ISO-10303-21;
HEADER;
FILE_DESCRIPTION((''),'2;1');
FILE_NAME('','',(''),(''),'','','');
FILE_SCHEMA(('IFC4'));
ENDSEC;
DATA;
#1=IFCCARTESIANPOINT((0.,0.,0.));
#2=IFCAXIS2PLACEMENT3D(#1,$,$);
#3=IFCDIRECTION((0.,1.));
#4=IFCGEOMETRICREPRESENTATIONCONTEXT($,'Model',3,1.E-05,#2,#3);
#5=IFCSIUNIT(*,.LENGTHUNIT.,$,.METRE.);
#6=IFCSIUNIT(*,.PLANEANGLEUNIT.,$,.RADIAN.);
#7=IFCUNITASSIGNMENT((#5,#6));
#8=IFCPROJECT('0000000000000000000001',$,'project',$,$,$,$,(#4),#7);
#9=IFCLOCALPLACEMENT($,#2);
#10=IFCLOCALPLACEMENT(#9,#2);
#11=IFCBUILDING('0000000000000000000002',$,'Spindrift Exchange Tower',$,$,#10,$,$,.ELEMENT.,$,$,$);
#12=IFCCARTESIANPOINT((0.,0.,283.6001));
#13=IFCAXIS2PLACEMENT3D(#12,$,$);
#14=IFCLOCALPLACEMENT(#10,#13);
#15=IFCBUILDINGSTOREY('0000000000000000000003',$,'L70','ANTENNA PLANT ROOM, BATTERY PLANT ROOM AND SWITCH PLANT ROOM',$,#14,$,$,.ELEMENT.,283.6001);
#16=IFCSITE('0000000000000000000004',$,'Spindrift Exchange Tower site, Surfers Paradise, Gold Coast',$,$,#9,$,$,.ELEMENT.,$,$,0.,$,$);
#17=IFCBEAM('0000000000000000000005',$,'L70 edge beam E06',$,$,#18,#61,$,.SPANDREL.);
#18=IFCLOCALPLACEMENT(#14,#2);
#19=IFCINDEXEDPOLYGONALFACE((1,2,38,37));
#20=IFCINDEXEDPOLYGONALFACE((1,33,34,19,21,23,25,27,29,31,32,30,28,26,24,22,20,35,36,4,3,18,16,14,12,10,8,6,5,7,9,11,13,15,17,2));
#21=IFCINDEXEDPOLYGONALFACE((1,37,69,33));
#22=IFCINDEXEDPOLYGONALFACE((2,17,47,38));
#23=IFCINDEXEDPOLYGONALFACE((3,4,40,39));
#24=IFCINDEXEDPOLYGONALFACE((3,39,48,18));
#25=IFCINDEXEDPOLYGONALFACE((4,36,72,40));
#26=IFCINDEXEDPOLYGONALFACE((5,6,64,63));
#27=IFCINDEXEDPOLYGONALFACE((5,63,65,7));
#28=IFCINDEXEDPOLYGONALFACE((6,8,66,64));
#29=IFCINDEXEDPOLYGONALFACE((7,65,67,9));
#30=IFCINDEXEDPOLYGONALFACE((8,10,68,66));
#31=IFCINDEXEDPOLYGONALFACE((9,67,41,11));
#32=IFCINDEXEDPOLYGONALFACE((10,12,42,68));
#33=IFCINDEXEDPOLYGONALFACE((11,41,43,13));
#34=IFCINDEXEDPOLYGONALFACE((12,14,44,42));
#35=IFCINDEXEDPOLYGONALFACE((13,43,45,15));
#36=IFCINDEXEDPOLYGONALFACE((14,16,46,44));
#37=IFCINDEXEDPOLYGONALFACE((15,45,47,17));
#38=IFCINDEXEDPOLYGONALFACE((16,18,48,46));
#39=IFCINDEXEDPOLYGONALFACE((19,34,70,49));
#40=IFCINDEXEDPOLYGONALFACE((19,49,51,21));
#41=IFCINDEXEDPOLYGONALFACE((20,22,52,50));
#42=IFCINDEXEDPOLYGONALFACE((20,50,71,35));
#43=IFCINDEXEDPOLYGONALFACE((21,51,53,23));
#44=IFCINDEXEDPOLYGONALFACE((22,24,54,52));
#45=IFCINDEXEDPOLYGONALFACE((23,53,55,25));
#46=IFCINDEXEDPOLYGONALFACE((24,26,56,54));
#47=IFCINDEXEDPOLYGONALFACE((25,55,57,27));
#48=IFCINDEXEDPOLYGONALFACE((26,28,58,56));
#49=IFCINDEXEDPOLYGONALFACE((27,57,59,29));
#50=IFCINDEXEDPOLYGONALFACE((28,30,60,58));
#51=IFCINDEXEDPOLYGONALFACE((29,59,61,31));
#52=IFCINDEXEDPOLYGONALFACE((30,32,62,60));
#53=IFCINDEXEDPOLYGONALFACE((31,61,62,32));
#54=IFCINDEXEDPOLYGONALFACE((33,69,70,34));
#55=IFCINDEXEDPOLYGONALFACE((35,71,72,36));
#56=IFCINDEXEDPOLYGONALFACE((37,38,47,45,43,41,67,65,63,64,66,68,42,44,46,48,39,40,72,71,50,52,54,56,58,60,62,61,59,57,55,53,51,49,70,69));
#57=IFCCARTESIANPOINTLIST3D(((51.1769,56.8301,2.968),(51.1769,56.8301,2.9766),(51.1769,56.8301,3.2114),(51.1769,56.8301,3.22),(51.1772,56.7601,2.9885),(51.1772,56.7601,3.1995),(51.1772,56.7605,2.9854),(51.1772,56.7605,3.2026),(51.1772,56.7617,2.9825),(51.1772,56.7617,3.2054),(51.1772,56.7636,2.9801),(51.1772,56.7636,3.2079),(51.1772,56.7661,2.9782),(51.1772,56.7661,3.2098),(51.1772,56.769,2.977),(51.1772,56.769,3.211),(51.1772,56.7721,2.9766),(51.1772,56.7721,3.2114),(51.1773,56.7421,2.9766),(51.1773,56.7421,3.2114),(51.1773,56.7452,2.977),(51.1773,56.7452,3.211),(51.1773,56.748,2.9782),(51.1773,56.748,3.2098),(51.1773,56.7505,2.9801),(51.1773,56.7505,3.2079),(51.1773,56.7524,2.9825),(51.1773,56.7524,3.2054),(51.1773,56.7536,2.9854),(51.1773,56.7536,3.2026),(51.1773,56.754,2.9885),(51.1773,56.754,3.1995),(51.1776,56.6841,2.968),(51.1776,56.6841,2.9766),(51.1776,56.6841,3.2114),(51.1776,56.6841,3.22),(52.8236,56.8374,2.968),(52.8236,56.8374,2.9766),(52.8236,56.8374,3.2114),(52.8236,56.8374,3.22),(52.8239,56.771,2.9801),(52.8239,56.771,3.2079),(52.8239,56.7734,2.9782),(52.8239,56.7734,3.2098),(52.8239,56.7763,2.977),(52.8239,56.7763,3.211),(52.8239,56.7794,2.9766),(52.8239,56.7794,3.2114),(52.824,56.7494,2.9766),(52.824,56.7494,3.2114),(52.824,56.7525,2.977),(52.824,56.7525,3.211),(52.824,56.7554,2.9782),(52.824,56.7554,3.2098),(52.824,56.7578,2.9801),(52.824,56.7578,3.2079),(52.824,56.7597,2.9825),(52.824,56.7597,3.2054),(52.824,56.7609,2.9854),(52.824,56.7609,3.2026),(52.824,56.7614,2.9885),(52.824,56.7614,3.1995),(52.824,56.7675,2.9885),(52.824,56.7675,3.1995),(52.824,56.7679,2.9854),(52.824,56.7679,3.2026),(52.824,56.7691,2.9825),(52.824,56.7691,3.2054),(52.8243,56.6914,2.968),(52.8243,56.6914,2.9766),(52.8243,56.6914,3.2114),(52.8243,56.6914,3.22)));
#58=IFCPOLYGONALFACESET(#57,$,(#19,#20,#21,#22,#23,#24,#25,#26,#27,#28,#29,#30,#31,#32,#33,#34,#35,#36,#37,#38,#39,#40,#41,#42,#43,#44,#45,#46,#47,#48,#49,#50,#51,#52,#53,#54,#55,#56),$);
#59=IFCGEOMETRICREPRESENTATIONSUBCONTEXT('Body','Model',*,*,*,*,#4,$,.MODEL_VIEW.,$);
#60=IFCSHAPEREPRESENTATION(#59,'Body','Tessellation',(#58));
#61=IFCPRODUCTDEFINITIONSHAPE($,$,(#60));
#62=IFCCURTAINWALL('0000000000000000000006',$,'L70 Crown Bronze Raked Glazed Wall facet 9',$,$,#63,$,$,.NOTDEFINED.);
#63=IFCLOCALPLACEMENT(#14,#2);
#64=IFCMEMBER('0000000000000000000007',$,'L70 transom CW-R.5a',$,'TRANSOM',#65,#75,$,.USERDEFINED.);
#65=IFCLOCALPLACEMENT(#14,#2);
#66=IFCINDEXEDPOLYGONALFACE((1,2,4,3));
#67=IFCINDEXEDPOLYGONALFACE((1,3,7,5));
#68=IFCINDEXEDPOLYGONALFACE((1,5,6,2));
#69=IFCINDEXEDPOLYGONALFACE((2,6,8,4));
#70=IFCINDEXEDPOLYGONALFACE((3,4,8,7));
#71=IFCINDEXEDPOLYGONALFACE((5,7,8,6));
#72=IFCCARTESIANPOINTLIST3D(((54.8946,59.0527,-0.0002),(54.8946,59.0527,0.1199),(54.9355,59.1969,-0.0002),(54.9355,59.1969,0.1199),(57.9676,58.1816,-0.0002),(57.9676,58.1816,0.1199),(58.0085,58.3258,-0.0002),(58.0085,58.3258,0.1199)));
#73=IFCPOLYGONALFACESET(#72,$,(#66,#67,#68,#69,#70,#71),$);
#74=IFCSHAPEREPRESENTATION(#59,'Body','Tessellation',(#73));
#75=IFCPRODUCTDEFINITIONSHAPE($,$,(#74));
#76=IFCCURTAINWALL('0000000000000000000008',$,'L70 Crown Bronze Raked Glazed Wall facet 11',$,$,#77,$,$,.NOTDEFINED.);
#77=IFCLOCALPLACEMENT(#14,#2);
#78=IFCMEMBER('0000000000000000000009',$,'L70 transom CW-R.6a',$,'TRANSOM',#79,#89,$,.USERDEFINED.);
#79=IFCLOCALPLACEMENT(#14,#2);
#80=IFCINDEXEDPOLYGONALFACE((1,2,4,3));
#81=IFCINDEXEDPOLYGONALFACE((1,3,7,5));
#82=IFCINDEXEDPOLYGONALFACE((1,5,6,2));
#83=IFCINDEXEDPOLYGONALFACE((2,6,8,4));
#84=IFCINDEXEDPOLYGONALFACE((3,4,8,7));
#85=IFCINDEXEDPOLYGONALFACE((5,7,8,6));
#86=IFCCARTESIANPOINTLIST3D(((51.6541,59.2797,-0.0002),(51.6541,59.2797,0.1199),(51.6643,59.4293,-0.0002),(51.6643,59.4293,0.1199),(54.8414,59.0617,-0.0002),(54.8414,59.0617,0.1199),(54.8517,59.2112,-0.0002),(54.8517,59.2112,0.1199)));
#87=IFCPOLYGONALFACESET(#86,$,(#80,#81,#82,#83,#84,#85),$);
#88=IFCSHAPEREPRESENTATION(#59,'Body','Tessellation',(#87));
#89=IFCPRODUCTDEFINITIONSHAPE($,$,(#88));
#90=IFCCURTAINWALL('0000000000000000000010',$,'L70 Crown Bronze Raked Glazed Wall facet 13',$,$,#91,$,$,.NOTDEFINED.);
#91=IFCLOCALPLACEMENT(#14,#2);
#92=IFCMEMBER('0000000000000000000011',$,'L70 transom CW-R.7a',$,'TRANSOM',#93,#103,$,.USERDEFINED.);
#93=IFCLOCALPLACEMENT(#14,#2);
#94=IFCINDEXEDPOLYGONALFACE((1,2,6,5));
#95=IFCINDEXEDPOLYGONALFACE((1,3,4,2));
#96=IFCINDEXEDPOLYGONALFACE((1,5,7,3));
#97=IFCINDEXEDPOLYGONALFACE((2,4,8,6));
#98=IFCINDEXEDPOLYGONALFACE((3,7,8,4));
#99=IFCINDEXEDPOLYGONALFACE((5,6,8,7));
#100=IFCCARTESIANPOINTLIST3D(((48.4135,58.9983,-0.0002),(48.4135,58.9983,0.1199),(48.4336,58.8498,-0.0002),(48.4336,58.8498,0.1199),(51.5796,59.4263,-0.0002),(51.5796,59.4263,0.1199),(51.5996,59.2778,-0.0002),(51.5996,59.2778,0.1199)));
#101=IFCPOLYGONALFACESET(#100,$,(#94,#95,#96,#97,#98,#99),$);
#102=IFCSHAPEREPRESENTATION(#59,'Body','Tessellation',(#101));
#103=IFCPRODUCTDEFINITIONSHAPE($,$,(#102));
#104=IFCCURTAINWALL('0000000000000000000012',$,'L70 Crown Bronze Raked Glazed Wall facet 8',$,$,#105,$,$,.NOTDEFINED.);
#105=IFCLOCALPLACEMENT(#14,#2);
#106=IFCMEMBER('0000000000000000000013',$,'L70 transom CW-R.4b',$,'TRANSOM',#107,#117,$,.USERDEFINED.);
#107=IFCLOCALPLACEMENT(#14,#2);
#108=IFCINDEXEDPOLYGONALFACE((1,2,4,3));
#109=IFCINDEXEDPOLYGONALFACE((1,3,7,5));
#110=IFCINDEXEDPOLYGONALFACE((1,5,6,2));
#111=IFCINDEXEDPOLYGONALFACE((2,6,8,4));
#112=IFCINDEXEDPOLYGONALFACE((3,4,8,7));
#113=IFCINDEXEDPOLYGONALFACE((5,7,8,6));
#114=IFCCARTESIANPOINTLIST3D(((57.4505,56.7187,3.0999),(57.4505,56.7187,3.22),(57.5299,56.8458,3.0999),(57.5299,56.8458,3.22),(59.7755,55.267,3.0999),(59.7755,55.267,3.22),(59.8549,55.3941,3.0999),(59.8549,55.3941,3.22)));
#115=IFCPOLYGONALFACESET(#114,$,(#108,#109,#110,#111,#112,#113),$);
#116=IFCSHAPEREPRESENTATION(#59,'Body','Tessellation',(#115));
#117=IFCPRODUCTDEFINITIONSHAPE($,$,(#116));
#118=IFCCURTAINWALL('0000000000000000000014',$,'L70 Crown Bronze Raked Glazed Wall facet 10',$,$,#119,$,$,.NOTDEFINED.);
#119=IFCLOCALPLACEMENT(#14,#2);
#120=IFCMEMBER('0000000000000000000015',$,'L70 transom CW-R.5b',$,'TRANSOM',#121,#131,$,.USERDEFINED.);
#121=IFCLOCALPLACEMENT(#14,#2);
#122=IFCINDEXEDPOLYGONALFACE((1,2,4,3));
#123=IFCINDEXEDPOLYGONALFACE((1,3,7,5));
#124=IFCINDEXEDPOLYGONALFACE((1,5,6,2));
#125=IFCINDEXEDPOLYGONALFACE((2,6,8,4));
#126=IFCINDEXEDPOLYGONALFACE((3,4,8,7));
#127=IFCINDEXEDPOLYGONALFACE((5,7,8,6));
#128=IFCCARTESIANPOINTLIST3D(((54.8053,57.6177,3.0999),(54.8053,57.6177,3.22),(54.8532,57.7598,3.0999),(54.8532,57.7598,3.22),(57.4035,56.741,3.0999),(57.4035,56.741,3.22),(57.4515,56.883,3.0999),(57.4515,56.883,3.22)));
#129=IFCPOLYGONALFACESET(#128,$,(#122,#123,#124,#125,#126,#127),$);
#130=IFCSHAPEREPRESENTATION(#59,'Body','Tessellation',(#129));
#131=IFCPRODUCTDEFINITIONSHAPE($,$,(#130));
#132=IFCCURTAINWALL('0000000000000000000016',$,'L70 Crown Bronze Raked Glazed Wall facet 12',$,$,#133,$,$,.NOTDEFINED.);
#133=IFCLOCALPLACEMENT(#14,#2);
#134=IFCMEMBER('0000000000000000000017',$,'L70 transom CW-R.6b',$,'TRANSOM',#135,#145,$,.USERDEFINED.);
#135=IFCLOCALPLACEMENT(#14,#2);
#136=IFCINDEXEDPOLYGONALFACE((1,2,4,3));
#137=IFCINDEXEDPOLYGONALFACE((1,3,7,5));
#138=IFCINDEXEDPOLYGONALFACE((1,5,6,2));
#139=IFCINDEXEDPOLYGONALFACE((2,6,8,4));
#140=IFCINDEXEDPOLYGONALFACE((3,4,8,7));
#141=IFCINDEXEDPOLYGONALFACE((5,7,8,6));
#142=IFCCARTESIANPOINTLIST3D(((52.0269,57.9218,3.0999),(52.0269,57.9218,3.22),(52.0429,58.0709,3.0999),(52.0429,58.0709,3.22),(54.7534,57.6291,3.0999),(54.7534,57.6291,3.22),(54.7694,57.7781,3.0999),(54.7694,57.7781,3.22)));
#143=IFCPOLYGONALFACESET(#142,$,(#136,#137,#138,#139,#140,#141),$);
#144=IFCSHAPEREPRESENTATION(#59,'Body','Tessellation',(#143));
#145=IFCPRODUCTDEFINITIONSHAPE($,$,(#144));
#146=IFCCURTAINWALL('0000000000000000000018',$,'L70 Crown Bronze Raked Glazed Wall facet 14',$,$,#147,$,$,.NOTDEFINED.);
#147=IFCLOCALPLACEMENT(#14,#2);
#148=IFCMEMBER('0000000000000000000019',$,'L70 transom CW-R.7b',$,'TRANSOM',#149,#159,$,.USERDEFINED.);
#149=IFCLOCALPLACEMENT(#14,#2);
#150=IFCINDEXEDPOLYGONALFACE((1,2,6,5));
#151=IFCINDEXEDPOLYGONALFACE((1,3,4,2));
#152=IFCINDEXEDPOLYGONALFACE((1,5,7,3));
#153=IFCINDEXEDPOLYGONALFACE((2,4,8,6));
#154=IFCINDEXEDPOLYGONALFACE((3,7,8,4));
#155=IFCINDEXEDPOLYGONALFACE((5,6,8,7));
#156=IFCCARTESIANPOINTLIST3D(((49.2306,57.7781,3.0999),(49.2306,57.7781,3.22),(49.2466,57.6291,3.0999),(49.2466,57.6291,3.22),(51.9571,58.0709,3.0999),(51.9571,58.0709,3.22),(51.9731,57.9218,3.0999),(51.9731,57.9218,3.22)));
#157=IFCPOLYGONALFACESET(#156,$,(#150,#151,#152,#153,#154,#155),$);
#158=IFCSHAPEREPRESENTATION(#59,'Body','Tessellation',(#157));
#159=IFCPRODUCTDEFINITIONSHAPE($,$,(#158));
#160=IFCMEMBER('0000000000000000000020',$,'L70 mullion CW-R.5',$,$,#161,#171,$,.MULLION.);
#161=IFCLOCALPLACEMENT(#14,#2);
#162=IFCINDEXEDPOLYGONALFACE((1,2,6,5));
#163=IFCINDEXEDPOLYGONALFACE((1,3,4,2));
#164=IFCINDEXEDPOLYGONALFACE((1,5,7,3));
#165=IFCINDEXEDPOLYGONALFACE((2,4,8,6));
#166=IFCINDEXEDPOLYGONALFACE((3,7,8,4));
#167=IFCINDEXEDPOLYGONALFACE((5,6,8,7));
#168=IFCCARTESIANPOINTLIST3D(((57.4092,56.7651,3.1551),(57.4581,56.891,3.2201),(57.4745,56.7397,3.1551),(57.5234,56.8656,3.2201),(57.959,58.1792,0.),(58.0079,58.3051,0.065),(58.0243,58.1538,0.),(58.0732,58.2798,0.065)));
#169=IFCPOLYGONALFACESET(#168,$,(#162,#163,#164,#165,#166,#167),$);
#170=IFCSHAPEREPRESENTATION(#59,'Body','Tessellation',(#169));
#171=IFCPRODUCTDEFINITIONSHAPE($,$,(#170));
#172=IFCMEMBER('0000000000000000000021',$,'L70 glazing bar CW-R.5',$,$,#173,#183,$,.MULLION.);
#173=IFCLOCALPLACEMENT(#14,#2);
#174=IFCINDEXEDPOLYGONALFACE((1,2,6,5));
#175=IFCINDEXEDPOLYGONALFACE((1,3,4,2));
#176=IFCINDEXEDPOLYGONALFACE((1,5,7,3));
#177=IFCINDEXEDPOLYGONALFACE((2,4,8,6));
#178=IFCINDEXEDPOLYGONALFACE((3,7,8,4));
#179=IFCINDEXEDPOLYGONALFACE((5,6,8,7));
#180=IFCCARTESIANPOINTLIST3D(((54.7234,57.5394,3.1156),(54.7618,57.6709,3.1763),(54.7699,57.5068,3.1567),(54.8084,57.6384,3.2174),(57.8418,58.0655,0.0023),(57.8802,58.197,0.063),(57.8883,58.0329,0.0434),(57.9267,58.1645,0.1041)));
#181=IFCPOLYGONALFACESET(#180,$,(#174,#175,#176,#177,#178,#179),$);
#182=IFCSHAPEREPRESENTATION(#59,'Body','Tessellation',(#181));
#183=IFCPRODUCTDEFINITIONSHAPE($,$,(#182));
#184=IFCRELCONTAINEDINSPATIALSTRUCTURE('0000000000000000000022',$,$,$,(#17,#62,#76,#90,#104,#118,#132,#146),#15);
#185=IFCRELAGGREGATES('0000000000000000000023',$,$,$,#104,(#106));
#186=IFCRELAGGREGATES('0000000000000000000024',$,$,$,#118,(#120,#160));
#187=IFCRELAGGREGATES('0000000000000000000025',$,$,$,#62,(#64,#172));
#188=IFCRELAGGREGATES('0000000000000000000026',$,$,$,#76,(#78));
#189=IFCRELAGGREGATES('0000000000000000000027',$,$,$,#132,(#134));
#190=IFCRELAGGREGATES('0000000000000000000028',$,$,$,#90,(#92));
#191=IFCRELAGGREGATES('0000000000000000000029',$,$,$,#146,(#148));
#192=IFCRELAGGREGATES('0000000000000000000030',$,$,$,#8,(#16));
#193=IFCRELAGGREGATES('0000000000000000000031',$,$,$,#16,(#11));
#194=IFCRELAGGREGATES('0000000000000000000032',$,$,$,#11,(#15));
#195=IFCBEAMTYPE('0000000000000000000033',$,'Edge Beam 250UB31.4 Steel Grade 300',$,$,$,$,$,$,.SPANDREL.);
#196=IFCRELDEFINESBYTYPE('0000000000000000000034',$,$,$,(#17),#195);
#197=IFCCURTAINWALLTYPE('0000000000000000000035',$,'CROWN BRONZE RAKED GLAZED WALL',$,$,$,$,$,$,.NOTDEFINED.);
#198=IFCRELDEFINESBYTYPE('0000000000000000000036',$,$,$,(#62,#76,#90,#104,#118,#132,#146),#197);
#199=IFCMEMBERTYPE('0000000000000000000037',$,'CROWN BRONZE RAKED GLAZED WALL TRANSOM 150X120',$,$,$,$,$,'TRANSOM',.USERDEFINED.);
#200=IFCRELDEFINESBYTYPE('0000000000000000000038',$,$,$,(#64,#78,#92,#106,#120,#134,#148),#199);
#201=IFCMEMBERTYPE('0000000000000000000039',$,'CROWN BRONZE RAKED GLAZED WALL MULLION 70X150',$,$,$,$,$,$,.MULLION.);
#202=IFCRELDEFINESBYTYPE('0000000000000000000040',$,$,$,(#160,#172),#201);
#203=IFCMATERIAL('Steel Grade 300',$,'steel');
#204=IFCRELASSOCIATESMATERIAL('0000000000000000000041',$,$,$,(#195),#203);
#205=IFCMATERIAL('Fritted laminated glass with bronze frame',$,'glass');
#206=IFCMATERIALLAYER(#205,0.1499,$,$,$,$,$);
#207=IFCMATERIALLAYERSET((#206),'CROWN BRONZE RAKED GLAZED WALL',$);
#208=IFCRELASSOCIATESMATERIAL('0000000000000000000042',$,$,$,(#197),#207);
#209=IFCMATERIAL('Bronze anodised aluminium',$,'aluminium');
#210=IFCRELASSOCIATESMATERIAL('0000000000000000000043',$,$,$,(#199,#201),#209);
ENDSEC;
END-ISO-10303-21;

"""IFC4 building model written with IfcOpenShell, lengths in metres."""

from ifc_helpers import new_model, si_unit, direction, frame, origin, origin_2d, place, context, subcontext, project, spatial, rectangle, i_section, extrude, source, transform, mapped, material, layer, layer_set, material_profile, profile_set, type_object, element, aggregate, save


model = new_model("IFC4")

# Units and contexts
model_context = context("Model", 3, precision=1e-05, world=origin(), true_north=direction((0.0, 1.0)))
body_context = subcontext(model_context, "Body", "Model", "MODEL_VIEW")
ifc_project = project(units=[si_unit("LENGTHUNIT", "METRE"), si_unit("PLANEANGLEUNIT", "RADIAN")], contexts=[model_context])

# Site, building, storey
site_placement = place(None, origin())
site = spatial("IfcSite", under=ifc_project, at=site_placement, Name="Spindrift Exchange Tower site, Surfers Paradise, Gold Coast", CompositionType="ELEMENT", RefElevation=0.0)
building_placement = place(site_placement, origin())
building = spatial("IfcBuilding", under=site, at=building_placement, Name="Spindrift Exchange Tower", CompositionType="ELEMENT")
storey_placement = place(building_placement, frame((0.0, 0.0, 283.6001)))
storey = spatial("IfcBuildingStorey", under=building, at=storey_placement, Name="L70", Description="ANTENNA PLANT ROOM, BATTERY PLANT ROOM AND SWITCH PLANT ROOM", CompositionType="ELEMENT", Elevation=283.6001)

# Beam
ifc_material_1 = material(Name="Steel Grade 300", Category="steel")
ifc_material_profile_1 = material_profile(ifc_material_1, i_section(OverallWidth=0.146, OverallDepth=0.252, WebThickness=0.0061, FlangeThickness=0.0085, FilletRadius=0.012, at=origin_2d()), Name="250UB31.4")
ifc_profile_set_1 = profile_set([ifc_material_profile_1], Name="Steel Grade 300")
beam_type_1 = type_object("IfcBeamType", Name="Edge Beam 250UB31.4 Steel Grade 300", PredefinedType="SPANDREL", material=ifc_profile_set_1)
shared_shape_1 = source(origin(), body_context, "Body", "SweptSolid", [
    extrude(i_section(OverallWidth=0.146, OverallDepth=0.252, WebThickness=0.0061, FlangeThickness=0.0085, FilletRadius=0.012, at=origin_2d()), origin(), (0.0, 0.0, 1.0), 1.6467),
])
beam_1_placement = place(storey_placement, frame((52.824, 56.7644, 3.094), z_axis=(-0.99999, -0.004448, 0.0), x_axis=(0.004448, -0.99999, 0.0)))
element("IfcBeam", 1, at=beam_1_placement, inside=storey, type_object=beam_type_1, Name="L70 edge beam E06", PredefinedType="SPANDREL", context=body_context, shape_type="MappedRepresentation", body=[
    mapped(shared_shape_1, transform((0.0, 0.0, 0.0), scale=1.0)),
])

# Curtain walls, members
ifc_material_2 = material(Name="Fritted laminated glass with bronze frame", Category="glass")
ifc_layer_1 = layer(ifc_material_2, 0.1499)
ifc_layer_set_1 = layer_set([ifc_layer_1], Name="CROWN BRONZE RAKED GLAZED WALL")
curtain_wall_type = type_object("IfcCurtainWallType", Name="CROWN BRONZE RAKED GLAZED WALL", PredefinedType="NOTDEFINED", material=ifc_layer_set_1)
curtain_wall_1_placement = place(storey_placement, origin())
curtain_wall_1 = element("IfcCurtainWall", 2, at=curtain_wall_1_placement, inside=storey, type_object=curtain_wall_type, Name="L70 Crown Bronze Raked Glazed Wall facet 9", PredefinedType="NOTDEFINED")
ifc_material_3 = material(Name="Bronze anodised aluminium", Category="aluminium")
ifc_material_profile_2 = material_profile(ifc_material_3, rectangle(XDim=0.1499, YDim=0.1201, at=origin_2d()), Name="CROWN BRONZE RAKED GLAZED WALL TRANSOM 150X120")
ifc_profile_set_2 = profile_set([ifc_material_profile_2], Name="Bronze anodised aluminium")
member_type_1 = type_object("IfcMemberType", Name="CROWN BRONZE RAKED GLAZED WALL TRANSOM 150X120", ElementType="TRANSOM", PredefinedType="USERDEFINED", material=ifc_profile_set_2)
shared_shape_2 = source(origin(), body_context, "Body", "SweptSolid", [
    extrude(rectangle(XDim=0.1499, YDim=0.1201, at=origin_2d()), origin(), (0.0, 0.0, 1.0), 3.1941),
])
member_1_placement = place(storey_placement, frame((57.988, 58.2537, 0.0598), z_axis=(-0.962093, 0.272722, 0.0), x_axis=(-0.272722, -0.962093, 0.0)))
member_1 = element("IfcMember", 3, at=member_1_placement, type_object=member_type_1, Name="L70 transom CW-R.5a", ObjectType="TRANSOM", PredefinedType="USERDEFINED", context=body_context, shape_type="MappedRepresentation", body=[
    mapped(shared_shape_2, transform((0.0, 0.0, 0.0), scale=1.0)),
])
curtain_wall_2_placement = place(storey_placement, origin())
curtain_wall_2 = element("IfcCurtainWall", 4, at=curtain_wall_2_placement, inside=storey, type_object=curtain_wall_type, Name="L70 Crown Bronze Raked Glazed Wall facet 11", PredefinedType="NOTDEFINED")
shared_shape_3 = source(origin(), body_context, "Body", "SweptSolid", [
    extrude(rectangle(XDim=0.1499, YDim=0.1201, at=origin_2d()), origin(), (0.0, 0.0, 1.0), 3.1948),
])
member_2_placement = place(storey_placement, frame((51.6592, 59.3545, 0.0598), z_axis=(0.997669, -0.068243, 0.0), x_axis=(0.068243, 0.997669, 0.0)))
member_2 = element("IfcMember", 5, at=member_2_placement, type_object=member_type_1, Name="L70 transom CW-R.6a", ObjectType="TRANSOM", PredefinedType="USERDEFINED", context=body_context, shape_type="MappedRepresentation", body=[
    mapped(shared_shape_3, transform((0.0, 0.0, 0.0), scale=1.0)),
])
curtain_wall_3_placement = place(storey_placement, origin())
curtain_wall_3 = element("IfcCurtainWall", 6, at=curtain_wall_3_placement, inside=storey, type_object=curtain_wall_type, Name="L70 Crown Bronze Raked Glazed Wall facet 13", PredefinedType="NOTDEFINED")
member_3_placement = place(storey_placement, frame((51.5896, 59.3521, 0.0598), z_axis=(-0.990987, -0.13396, 0.0), x_axis=(0.13396, -0.990987, 0.0)))
member_3 = element("IfcMember", 7, at=member_3_placement, type_object=member_type_1, Name="L70 transom CW-R.7a", ObjectType="TRANSOM", PredefinedType="USERDEFINED", context=body_context, shape_type="MappedRepresentation", body=[
    mapped(shared_shape_3, transform((0.0, 0.0, 0.0), scale=1.0)),
])
curtain_wall_4_placement = place(storey_placement, origin())
curtain_wall_4 = element("IfcCurtainWall", 8, at=curtain_wall_4_placement, inside=storey, type_object=curtain_wall_type, Name="L70 Crown Bronze Raked Glazed Wall facet 8", PredefinedType="NOTDEFINED")
shared_shape_4 = source(origin(), body_context, "Body", "SweptSolid", [
    extrude(rectangle(XDim=0.1499, YDim=0.1201, at=origin_2d()), origin(), (0.0, 0.0, 1.0), 2.741),
])
member_4_placement = place(storey_placement, frame((57.4902, 56.7822, 3.1599), z_axis=(0.848233, -0.529623, 0.0), x_axis=(0.529623, 0.848233, 0.0)))
member_4 = element("IfcMember", 9, at=member_4_placement, type_object=member_type_1, Name="L70 transom CW-R.4b", ObjectType="TRANSOM", PredefinedType="USERDEFINED", context=body_context, shape_type="MappedRepresentation", body=[
    mapped(shared_shape_4, transform((0.0, 0.0, 0.0), scale=1.0)),
])
aggregate(curtain_wall_4, [member_4])
curtain_wall_5_placement = place(storey_placement, origin())
curtain_wall_5 = element("IfcCurtainWall", 10, at=curtain_wall_5_placement, inside=storey, type_object=curtain_wall_type, Name="L70 Crown Bronze Raked Glazed Wall facet 10", PredefinedType="NOTDEFINED")
shared_shape_5 = source(origin(), body_context, "Body", "SweptSolid", [
    extrude(rectangle(XDim=0.1499, YDim=0.1201, at=origin_2d()), origin(), (0.0, 0.0, 1.0), 2.7422),
])
member_5_placement = place(storey_placement, frame((57.4275, 56.812, 3.1599), z_axis=(-0.94751, 0.319725, 0.0), x_axis=(-0.319725, -0.94751, 0.0)))
member_5 = element("IfcMember", 11, at=member_5_placement, type_object=member_type_1, Name="L70 transom CW-R.5b", ObjectType="TRANSOM", PredefinedType="USERDEFINED", context=body_context, shape_type="MappedRepresentation", body=[
    mapped(shared_shape_5, transform((0.0, 0.0, 0.0), scale=1.0)),
])
curtain_wall_6_placement = place(storey_placement, origin())
curtain_wall_6 = element("IfcCurtainWall", 12, at=curtain_wall_6_placement, inside=storey, type_object=curtain_wall_type, Name="L70 Crown Bronze Raked Glazed Wall facet 12", PredefinedType="NOTDEFINED")
member_6_placement = place(storey_placement, frame((52.0349, 57.9963, 3.1599), z_axis=(0.994286, -0.106747, 0.0), x_axis=(0.106747, 0.994286, 0.0)))
member_6 = element("IfcMember", 13, at=member_6_placement, type_object=member_type_1, Name="L70 transom CW-R.6b", ObjectType="TRANSOM", PredefinedType="USERDEFINED", context=body_context, shape_type="MappedRepresentation", body=[
    mapped(shared_shape_5, transform((0.0, 0.0, 0.0), scale=1.0)),
])
curtain_wall_7_placement = place(storey_placement, origin())
curtain_wall_7 = element("IfcCurtainWall", 14, at=curtain_wall_7_placement, inside=storey, type_object=curtain_wall_type, Name="L70 Crown Bronze Raked Glazed Wall facet 14", PredefinedType="NOTDEFINED")
member_7_placement = place(storey_placement, frame((51.9651, 57.9963, 3.1599), z_axis=(-0.994286, -0.106747, 0.0), x_axis=(0.106747, -0.994286, 0.0)))
member_7 = element("IfcMember", 15, at=member_7_placement, type_object=member_type_1, Name="L70 transom CW-R.7b", ObjectType="TRANSOM", PredefinedType="USERDEFINED", context=body_context, shape_type="MappedRepresentation", body=[
    mapped(shared_shape_5, transform((0.0, 0.0, 0.0), scale=1.0)),
])

# Members
ifc_material_profile_3 = material_profile(ifc_material_3, rectangle(XDim=0.0701, YDim=0.1499, at=origin_2d()), Name="CROWN BRONZE RAKED GLAZED WALL MULLION 70X150")
ifc_profile_set_3 = profile_set([ifc_material_profile_3], Name="Bronze anodised aluminium")
member_type_2 = type_object("IfcMemberType", Name="CROWN BRONZE RAKED GLAZED WALL MULLION 70X150", PredefinedType="MULLION", material=ifc_profile_set_3)
shared_shape_6 = source(origin(), body_context, "Body", "SweptSolid", [
    extrude(rectangle(XDim=0.0701, YDim=0.1499, at=origin_2d()), origin(), (0.0, 0.0, 1.0), 3.501),
])
member_8_placement = place(storey_placement, frame((58.0161, 58.2295, 0.0325), z_axis=(-0.157048, -0.403918, 0.901214), x_axis=(0.932029, -0.362384, 0.0)))
member_8 = element("IfcMember", 16, at=member_8_placement, type_object=member_type_2, Name="L70 mullion CW-R.5", PredefinedType="MULLION", context=body_context, shape_type="MappedRepresentation", body=[
    mapped(shared_shape_6, transform((0.0, 0.0, 0.0), scale=1.0)),
])
aggregate(curtain_wall_5, [member_5, member_8])
shared_shape_7 = source(origin(), body_context, "Body", "SweptSolid", [
    extrude(rectangle(XDim=0.0701, YDim=0.1499, at=origin_2d()), origin(), (0.0, 0.0, 1.0), 4.4377),
])
member_9_placement = place(storey_placement, frame((57.8843, 58.115, 0.0532), z_axis=(-0.702697, -0.118556, 0.701542), x_axis=(0.663714, -0.464451, 0.586318)))
member_9 = element("IfcMember", 17, at=member_9_placement, type_object=member_type_2, Name="L70 glazing bar CW-R.5", PredefinedType="MULLION", context=body_context, shape_type="MappedRepresentation", body=[
    mapped(shared_shape_7, transform((0.0, 0.0, 0.0), scale=1.0)),
])
aggregate(curtain_wall_1, [member_1, member_9])

aggregate(curtain_wall_2, [member_2])
aggregate(curtain_wall_6, [member_6])
aggregate(curtain_wall_3, [member_3])
aggregate(curtain_wall_7, [member_7])

save(model, "model.ifc")
